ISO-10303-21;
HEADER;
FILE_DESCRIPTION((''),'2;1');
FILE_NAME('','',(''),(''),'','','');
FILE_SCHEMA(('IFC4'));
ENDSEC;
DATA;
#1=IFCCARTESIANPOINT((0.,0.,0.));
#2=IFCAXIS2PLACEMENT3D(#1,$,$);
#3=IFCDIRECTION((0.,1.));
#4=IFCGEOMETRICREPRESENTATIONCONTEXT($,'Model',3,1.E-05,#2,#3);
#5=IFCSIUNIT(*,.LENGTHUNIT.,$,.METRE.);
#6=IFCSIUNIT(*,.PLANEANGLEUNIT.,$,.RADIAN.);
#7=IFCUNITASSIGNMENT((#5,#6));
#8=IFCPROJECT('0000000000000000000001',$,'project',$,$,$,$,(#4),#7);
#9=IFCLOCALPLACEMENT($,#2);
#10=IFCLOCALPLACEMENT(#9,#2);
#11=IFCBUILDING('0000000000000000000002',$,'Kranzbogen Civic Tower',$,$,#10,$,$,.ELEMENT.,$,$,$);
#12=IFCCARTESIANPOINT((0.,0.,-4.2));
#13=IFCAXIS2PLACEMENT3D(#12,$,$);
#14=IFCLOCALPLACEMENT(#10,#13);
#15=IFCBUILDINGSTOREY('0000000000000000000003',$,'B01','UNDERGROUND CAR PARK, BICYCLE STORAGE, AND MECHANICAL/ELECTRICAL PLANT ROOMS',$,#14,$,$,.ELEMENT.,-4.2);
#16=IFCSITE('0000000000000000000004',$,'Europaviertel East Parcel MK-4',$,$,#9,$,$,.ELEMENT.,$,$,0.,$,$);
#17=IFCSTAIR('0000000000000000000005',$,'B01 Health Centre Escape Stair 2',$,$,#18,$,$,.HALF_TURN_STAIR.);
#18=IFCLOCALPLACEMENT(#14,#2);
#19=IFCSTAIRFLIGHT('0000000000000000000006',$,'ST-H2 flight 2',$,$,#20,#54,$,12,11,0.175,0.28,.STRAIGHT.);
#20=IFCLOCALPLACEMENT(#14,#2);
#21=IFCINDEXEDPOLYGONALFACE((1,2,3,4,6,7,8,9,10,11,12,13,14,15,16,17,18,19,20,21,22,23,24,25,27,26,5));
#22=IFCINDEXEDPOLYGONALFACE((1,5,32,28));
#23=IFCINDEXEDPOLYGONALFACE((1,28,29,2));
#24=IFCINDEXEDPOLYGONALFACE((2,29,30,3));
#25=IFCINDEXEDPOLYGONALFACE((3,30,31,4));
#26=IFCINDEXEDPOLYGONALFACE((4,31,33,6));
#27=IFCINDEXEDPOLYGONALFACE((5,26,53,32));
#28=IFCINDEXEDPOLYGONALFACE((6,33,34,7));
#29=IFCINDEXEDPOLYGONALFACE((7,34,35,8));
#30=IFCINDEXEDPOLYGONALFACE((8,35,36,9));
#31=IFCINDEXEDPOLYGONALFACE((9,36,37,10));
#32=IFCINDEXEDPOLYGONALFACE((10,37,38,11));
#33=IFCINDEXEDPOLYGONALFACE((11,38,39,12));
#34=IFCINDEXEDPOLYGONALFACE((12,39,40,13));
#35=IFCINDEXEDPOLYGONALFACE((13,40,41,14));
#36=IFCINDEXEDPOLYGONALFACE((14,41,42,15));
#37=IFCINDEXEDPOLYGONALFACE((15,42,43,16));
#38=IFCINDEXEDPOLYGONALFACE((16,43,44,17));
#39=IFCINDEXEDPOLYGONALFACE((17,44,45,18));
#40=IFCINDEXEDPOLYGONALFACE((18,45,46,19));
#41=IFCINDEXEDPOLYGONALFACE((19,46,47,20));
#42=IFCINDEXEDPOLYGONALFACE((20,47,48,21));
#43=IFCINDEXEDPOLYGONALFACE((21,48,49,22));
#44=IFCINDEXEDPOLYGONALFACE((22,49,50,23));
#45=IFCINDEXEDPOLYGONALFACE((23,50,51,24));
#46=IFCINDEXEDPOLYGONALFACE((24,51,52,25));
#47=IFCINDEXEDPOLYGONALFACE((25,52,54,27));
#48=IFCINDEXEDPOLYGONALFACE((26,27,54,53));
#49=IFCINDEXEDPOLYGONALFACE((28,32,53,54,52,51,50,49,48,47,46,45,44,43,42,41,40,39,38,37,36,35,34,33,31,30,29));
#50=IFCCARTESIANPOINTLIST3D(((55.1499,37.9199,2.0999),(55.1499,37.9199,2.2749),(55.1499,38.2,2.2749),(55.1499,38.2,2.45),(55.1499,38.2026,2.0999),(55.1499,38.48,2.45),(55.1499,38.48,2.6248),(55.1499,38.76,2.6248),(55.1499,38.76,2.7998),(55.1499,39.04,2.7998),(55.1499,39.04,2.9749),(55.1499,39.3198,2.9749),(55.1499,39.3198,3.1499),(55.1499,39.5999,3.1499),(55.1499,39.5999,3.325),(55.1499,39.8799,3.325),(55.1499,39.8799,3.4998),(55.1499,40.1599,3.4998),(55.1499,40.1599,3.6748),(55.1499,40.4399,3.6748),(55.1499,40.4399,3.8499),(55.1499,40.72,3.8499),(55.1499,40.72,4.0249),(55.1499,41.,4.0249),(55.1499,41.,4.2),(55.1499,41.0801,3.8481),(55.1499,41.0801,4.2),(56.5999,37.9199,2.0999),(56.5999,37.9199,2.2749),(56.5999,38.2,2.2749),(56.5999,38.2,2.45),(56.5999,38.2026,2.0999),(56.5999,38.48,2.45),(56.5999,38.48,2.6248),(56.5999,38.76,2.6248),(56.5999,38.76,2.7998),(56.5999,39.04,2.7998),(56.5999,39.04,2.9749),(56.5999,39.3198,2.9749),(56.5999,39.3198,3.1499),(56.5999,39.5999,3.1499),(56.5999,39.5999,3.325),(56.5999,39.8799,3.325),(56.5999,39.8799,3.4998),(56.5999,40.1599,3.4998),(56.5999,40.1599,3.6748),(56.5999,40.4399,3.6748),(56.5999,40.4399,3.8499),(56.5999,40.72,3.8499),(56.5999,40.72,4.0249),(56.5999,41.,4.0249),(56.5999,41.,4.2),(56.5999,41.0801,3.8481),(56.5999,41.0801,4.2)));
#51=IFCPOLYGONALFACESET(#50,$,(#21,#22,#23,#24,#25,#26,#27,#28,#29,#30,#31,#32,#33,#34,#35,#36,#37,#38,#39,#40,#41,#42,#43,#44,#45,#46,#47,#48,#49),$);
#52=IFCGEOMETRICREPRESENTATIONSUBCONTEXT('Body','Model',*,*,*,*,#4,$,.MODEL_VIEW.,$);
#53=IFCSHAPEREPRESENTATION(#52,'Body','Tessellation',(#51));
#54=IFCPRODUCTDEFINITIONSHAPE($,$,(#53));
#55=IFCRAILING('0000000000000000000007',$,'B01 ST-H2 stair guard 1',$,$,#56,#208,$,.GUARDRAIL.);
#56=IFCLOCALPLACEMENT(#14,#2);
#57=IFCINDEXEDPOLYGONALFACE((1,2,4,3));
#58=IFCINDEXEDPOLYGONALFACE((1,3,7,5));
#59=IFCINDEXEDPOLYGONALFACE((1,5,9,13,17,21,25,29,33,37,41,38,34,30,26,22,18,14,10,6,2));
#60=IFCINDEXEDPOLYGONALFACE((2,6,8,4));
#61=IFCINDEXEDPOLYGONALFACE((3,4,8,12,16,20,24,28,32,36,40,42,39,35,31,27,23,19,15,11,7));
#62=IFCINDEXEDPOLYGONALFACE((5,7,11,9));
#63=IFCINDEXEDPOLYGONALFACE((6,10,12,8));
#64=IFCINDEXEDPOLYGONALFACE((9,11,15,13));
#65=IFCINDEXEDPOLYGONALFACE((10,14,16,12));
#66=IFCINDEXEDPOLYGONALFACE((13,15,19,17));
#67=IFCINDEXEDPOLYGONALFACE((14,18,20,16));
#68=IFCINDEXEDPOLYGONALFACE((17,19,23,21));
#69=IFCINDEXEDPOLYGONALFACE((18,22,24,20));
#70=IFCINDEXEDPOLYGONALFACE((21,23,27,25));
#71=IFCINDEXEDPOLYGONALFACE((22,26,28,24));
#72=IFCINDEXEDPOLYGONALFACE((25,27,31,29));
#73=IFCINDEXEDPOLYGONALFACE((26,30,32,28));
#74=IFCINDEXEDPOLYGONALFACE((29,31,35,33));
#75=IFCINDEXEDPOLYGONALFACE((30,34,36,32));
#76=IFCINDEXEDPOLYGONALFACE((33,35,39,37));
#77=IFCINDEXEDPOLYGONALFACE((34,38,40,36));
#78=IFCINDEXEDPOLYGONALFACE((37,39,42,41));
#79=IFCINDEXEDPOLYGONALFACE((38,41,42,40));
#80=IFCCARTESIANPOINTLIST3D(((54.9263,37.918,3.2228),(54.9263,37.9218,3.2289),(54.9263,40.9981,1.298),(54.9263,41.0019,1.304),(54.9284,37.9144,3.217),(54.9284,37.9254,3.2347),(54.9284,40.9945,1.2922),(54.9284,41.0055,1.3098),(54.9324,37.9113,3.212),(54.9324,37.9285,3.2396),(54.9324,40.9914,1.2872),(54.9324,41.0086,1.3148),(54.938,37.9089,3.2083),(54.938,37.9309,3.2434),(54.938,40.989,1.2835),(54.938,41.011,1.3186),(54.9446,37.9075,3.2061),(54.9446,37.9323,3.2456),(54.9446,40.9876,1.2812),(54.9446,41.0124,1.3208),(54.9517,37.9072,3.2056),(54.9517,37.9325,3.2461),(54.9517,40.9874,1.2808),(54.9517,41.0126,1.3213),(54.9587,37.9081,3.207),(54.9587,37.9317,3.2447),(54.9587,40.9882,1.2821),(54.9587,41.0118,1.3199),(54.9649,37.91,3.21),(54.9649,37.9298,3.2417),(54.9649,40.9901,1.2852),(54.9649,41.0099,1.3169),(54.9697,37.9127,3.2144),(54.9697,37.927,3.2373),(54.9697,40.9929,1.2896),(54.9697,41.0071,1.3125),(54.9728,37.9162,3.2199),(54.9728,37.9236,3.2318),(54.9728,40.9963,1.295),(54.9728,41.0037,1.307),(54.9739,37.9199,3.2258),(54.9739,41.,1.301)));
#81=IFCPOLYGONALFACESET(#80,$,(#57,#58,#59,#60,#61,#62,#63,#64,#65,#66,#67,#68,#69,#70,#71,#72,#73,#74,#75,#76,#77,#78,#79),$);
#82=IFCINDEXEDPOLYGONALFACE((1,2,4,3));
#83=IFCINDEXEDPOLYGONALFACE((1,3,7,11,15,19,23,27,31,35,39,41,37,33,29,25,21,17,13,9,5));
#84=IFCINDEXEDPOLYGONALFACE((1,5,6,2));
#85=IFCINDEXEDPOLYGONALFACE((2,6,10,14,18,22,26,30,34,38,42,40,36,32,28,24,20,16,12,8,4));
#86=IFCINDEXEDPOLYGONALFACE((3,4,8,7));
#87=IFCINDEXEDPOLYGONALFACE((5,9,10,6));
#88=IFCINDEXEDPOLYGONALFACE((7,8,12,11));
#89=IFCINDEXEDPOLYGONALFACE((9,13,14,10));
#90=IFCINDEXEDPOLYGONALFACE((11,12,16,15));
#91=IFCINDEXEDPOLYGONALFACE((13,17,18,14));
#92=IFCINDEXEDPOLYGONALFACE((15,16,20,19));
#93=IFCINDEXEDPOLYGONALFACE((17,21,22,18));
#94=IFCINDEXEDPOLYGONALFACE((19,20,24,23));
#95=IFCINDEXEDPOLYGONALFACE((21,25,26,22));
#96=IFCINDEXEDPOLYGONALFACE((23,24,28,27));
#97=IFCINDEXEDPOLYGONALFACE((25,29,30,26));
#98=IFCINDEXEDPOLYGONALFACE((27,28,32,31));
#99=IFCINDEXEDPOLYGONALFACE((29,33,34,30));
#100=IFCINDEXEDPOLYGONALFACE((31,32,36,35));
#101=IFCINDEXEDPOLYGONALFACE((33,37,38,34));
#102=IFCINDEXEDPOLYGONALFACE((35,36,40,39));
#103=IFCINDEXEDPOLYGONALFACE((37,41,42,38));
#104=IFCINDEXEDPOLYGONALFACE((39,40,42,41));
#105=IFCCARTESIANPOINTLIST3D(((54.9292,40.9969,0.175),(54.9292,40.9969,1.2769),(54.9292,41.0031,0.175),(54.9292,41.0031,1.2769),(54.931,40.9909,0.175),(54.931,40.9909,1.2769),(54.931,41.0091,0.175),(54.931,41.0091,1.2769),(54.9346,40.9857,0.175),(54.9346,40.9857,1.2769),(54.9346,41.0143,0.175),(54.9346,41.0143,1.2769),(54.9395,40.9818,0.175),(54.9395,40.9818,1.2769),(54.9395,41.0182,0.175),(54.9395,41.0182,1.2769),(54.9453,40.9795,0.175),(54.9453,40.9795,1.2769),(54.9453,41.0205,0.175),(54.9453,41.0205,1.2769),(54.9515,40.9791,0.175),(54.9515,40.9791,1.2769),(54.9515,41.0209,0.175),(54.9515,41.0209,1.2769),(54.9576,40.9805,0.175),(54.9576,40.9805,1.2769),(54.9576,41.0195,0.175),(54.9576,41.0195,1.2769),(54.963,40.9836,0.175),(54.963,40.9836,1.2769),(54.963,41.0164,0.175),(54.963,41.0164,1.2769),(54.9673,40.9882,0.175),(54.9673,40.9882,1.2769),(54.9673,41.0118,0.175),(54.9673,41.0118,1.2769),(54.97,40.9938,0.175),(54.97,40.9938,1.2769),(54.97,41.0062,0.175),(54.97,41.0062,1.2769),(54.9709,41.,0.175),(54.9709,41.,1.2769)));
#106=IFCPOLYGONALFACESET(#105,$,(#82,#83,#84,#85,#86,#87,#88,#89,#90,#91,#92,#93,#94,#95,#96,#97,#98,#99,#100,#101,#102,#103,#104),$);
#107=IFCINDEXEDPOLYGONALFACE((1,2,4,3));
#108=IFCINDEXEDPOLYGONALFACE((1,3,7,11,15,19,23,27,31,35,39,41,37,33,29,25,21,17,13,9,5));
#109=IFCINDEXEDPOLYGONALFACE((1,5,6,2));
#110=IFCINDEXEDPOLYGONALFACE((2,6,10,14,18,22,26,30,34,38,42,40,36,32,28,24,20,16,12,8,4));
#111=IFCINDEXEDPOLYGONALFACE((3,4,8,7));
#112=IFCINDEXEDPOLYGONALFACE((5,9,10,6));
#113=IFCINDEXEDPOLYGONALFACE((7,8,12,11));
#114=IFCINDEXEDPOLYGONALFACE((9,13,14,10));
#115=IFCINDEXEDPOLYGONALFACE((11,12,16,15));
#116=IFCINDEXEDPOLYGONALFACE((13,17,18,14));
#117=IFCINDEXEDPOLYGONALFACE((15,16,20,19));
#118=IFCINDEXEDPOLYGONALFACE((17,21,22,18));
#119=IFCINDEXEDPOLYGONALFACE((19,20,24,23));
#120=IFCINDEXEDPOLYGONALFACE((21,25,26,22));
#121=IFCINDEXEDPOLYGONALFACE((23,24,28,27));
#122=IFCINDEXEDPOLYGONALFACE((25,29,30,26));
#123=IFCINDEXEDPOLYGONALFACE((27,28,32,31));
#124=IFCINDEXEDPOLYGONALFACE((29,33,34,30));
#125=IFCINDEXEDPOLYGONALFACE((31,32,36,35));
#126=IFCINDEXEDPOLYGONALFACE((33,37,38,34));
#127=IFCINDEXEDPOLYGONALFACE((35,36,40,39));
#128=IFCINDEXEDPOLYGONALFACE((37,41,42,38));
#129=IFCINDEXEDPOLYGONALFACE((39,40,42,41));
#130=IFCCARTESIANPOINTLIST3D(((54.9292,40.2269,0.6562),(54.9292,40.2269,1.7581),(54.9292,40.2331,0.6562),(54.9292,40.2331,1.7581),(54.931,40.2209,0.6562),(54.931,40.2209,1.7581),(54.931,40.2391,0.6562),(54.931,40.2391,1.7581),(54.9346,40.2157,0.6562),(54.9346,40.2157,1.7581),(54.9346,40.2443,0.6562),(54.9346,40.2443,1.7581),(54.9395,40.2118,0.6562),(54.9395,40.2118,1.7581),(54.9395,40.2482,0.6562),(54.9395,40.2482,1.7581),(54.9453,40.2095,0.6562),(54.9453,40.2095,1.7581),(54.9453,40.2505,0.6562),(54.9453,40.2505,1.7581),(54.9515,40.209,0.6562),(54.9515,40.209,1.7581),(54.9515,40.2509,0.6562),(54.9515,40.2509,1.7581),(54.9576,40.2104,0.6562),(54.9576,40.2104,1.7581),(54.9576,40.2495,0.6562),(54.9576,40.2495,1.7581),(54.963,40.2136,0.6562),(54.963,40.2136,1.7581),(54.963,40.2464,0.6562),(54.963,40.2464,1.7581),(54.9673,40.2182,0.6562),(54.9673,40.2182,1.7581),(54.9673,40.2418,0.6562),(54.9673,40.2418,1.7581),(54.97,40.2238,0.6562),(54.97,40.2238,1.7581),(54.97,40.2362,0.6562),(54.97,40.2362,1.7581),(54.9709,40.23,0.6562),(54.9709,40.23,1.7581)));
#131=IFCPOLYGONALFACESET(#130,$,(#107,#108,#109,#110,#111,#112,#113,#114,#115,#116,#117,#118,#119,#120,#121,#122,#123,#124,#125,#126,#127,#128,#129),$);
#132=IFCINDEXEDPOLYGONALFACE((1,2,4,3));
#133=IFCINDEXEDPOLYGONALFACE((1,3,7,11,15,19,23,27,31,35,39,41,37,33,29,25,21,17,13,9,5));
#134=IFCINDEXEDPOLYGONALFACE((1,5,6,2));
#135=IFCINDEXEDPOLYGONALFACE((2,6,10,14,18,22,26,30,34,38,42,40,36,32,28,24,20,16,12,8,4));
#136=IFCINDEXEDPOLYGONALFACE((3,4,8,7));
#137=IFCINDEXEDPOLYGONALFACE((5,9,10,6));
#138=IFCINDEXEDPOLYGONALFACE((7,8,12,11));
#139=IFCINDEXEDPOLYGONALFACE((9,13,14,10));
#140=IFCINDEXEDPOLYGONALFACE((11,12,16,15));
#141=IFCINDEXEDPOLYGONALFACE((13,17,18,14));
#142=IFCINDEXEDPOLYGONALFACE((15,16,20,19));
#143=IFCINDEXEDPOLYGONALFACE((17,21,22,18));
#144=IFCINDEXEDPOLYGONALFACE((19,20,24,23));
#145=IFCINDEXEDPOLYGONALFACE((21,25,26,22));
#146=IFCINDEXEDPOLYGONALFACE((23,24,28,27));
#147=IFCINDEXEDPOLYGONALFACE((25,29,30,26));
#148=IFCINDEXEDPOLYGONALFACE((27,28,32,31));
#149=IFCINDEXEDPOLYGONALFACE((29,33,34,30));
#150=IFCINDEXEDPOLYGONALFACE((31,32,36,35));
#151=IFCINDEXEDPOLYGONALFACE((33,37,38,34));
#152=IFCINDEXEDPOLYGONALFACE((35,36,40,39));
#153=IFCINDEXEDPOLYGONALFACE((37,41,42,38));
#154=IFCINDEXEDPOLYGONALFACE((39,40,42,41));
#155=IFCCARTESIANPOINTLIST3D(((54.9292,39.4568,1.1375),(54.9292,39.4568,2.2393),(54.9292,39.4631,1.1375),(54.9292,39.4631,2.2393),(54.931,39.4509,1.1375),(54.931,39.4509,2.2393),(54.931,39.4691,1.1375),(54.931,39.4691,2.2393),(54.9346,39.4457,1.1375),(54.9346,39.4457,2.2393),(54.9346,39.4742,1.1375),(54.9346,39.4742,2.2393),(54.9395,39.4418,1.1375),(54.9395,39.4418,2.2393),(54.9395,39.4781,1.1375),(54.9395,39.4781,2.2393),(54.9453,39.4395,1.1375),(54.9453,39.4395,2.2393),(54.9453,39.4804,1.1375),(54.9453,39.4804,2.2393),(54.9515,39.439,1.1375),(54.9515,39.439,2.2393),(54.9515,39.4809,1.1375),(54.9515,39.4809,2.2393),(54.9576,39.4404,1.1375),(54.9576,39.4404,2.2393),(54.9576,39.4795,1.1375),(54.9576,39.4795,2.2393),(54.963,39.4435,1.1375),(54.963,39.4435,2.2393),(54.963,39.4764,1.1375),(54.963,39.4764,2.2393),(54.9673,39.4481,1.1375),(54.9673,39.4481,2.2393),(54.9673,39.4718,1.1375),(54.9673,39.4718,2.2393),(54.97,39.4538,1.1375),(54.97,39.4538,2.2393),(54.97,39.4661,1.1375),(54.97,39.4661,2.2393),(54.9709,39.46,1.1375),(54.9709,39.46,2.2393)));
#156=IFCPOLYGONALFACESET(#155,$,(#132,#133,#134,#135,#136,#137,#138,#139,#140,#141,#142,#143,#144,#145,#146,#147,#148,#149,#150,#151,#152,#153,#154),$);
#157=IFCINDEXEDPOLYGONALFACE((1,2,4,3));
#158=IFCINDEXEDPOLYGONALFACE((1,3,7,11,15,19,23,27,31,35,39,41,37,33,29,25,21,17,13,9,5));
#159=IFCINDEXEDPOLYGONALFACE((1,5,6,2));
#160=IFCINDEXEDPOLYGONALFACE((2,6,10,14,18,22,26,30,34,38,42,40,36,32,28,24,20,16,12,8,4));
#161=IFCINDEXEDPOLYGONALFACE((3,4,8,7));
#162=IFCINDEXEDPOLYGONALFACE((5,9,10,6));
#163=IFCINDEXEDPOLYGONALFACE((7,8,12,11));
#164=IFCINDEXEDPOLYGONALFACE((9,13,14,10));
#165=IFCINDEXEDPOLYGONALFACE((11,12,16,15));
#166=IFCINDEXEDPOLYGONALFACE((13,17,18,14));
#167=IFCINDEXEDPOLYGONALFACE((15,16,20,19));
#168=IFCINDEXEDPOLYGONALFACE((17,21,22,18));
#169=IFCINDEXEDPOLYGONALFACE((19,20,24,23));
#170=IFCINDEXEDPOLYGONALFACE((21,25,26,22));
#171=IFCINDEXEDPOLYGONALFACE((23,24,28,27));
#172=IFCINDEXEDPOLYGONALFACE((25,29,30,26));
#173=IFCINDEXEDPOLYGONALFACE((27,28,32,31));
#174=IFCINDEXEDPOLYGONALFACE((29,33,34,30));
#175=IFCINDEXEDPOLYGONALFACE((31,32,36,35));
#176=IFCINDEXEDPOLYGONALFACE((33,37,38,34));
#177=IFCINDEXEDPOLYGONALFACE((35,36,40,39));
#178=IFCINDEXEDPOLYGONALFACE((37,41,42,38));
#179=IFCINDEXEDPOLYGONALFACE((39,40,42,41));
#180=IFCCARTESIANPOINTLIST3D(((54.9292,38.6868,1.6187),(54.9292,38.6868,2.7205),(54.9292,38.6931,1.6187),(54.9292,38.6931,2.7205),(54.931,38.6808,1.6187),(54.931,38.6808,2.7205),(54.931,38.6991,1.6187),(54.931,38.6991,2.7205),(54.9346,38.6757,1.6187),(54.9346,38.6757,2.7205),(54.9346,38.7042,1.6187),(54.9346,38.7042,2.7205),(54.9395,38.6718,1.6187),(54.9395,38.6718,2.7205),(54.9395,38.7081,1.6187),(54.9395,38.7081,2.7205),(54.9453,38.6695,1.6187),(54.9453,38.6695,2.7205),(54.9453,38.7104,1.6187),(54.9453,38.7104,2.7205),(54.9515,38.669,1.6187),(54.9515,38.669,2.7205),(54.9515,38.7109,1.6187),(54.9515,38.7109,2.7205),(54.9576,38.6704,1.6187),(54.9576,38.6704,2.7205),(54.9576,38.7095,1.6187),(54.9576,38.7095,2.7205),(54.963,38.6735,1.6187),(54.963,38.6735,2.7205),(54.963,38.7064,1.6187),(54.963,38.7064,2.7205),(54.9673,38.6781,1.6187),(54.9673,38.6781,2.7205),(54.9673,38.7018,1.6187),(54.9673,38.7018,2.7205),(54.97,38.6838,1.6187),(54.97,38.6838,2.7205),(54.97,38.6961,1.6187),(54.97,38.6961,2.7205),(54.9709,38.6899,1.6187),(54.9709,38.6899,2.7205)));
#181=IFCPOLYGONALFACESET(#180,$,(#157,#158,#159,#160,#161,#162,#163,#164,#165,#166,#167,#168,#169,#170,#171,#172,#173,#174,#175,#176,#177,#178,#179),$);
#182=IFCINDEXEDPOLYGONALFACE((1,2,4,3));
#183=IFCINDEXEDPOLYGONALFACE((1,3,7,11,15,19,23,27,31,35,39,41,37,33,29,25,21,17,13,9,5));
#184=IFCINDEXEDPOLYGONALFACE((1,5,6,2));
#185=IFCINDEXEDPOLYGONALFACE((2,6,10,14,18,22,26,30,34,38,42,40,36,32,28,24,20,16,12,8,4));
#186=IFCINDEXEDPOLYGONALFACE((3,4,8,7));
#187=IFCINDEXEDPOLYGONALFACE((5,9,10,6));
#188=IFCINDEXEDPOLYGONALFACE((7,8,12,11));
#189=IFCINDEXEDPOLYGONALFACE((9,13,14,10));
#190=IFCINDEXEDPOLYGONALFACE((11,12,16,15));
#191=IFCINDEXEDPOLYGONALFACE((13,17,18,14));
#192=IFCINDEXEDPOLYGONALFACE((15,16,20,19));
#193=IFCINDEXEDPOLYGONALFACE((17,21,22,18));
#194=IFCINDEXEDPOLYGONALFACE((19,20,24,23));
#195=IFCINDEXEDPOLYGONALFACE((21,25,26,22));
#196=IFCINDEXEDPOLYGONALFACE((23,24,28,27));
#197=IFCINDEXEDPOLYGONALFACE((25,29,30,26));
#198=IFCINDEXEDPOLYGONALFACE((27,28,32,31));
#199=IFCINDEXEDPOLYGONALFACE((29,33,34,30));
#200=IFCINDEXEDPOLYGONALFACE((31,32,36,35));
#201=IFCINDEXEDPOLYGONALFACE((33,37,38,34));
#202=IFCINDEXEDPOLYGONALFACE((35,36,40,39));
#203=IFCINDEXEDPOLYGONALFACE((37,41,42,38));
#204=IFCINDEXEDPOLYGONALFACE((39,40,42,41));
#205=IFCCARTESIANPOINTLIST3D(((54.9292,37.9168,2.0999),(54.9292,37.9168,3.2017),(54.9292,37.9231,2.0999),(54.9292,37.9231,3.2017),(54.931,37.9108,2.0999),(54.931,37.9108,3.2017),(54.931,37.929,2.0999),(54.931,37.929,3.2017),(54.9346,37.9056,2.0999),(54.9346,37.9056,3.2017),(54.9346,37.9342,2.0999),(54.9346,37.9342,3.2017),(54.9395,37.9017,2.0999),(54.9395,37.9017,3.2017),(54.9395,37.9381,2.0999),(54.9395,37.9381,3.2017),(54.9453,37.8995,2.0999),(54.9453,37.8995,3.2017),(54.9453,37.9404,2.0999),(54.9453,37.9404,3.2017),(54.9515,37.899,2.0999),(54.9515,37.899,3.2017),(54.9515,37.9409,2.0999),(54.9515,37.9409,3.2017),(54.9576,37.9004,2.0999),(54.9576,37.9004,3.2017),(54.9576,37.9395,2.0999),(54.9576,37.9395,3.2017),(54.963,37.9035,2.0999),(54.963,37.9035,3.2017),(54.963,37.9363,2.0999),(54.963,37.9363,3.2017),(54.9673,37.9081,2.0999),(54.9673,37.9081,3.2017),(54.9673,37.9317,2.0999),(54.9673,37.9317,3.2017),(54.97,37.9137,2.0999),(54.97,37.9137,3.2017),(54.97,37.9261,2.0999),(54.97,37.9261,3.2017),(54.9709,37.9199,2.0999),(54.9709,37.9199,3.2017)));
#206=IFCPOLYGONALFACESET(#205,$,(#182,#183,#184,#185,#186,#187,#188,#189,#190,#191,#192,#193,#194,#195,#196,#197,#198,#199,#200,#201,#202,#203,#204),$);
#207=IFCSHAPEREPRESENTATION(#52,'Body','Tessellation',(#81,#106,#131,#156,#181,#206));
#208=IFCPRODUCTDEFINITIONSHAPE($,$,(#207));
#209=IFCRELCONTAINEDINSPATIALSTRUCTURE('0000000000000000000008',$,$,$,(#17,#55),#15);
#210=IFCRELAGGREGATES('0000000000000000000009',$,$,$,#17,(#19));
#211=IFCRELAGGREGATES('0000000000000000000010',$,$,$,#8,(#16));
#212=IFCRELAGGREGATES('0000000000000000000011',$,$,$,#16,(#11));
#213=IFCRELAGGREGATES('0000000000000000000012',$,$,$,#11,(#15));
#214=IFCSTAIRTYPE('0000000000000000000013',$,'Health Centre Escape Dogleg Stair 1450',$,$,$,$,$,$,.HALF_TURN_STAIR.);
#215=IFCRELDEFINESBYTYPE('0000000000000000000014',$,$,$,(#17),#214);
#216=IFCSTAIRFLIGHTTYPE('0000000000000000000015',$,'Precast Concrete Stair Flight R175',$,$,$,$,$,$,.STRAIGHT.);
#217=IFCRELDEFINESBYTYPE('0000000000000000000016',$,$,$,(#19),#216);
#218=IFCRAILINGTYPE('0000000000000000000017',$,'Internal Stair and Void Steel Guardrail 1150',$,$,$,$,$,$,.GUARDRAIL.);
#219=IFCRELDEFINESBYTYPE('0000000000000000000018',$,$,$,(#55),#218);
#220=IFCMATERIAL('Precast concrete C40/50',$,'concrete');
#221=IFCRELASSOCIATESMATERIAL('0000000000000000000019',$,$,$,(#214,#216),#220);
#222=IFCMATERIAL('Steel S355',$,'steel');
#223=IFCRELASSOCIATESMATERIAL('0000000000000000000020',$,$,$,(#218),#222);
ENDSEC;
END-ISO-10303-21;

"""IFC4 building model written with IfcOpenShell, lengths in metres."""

from ifc_helpers import new_model, si_unit, direction, frame, origin, origin_2d, place, context, subcontext, project, spatial, polyline, circle, outline, extrude, material, type_object, element, aggregate, save


model = new_model("IFC4")

# Units and contexts
model_context = context("Model", 3, precision=1e-05, world=origin(), true_north=direction((0.0, 1.0)))
body_context = subcontext(model_context, "Body", "Model", "MODEL_VIEW")
ifc_project = project(units=[si_unit("LENGTHUNIT", "METRE"), si_unit("PLANEANGLEUNIT", "RADIAN")], contexts=[model_context])

# Site, building, storey
site_placement = place(None, origin())
site = spatial("IfcSite", under=ifc_project, at=site_placement, Name="Europaviertel East Parcel MK-4", CompositionType="ELEMENT", RefElevation=0.0)
building_placement = place(site_placement, origin())
building = spatial("IfcBuilding", under=site, at=building_placement, Name="Kranzbogen Civic Tower", CompositionType="ELEMENT")
storey_placement = place(building_placement, frame((0.0, 0.0, -4.2)))
storey = spatial("IfcBuildingStorey", under=building, at=storey_placement, Name="B01", Description="UNDERGROUND CAR PARK, BICYCLE STORAGE, AND MECHANICAL/ELECTRICAL PLANT ROOMS", CompositionType="ELEMENT", Elevation=-4.2)

# Shared definitions
ifc_material_1 = material(Name="Steel S355", Category="steel")

# Stair, stair flight
ifc_material_2 = material(Name="Precast concrete C40/50", Category="concrete")
stair_type = type_object("IfcStairType", Name="Health Centre Escape Dogleg Stair 1450", PredefinedType="HALF_TURN_STAIR", material=ifc_material_2)
stair_placement = place(storey_placement, origin())
stair = element("IfcStair", 1, at=stair_placement, inside=storey, type_object=stair_type, Name="B01 Health Centre Escape Stair 2", PredefinedType="HALF_TURN_STAIR")
stair_flight_type = type_object("IfcStairFlightType", Name="Precast Concrete Stair Flight R175", PredefinedType="STRAIGHT", material=ifc_material_2)
stair_flight_1_placement = place(storey_placement, frame((55.875, 37.9199, 2.0999), z_axis=(0.0, 0.0, 1.0), x_axis=(0.0, 1.0, 0.0)))
stair_flight_1 = element("IfcStairFlight", 2, at=stair_flight_1_placement, type_object=stair_flight_type, Name="ST-H2 flight 2", NumberOfRisers=12, NumberOfTreads=11, PredefinedType="STRAIGHT", RiserHeight=0.175, TreadLength=0.28, context=body_context, shape_type="SweptSolid", body=[
    extrude(outline(polyline([(0.0, 0.0), (0.0, 0.175), (0.28, 0.175), (0.28, 0.3501), (0.5601, 0.3501), (0.5601, 0.5249), (0.8401, 0.5249), (0.8401, 0.7), (1.1201, 0.7), (1.1201, 0.875), (1.3999, 0.875), (1.3999, 1.05), (1.6799, 1.05), (1.6799, 1.2251), (1.96, 1.2251), (1.96, 1.3999), (2.24, 1.3999), (2.24, 1.575), (2.52, 1.575), (2.52, 1.75), (2.8, 1.75), (2.8, 1.925), (3.0801, 1.925), (3.0801, 2.1001), (3.1602, 2.1001), (3.1602, 1.7483), (0.2827, 0.0), (0.0, 0.0)])), frame((0.0, 0.7251, 0.0), z_axis=(0.0, -1.0, 0.0), x_axis=(1.0, 0.0, 0.0)), (0.0, 0.0, 1.0), 1.45),
])
aggregate(stair, [stair_flight_1])

# Railing
railing_type_1 = type_object("IfcRailingType", Name="Internal Stair and Void Steel Guardrail 1150", PredefinedType="GUARDRAIL", material=ifc_material_1)
railing_1_placement = place(storey_placement, frame((54.95, 41.0, 0.175)))
element("IfcRailing", 3, at=railing_1_placement, inside=storey, type_object=railing_type_1, Name="B01 ST-H2 stair guard 1", PredefinedType="GUARDRAIL", context=body_context, shape_type="SweptSolid", body=[
    extrude(circle(Radius=0.0239, at=origin_2d()), frame((0.0, 0.0, 1.126), z_axis=(0.0, -0.848029, 0.529951), x_axis=(1.0, 0.0, 0.0)), (0.0, 0.0, 1.0), 3.6321),
    extrude(circle(Radius=0.021, at=origin_2d()), origin(), (0.0, 0.0, 1.0), 1.1018),
    extrude(circle(Radius=0.021, at=origin_2d()), frame((0.0, -0.77, 0.4812)), (0.0, 0.0, 1.0), 1.1018),
    extrude(circle(Radius=0.021, at=origin_2d()), frame((0.0, -1.54, 0.9624)), (0.0, 0.0, 1.0), 1.1018),
    extrude(circle(Radius=0.021, at=origin_2d()), frame((0.0, -2.3101, 1.4436)), (0.0, 0.0, 1.0), 1.1018),
    extrude(circle(Radius=0.021, at=origin_2d()), frame((0.0, -3.0801, 1.9248)), (0.0, 0.0, 1.0), 1.1018),
])

save(model, "model.ifc")
